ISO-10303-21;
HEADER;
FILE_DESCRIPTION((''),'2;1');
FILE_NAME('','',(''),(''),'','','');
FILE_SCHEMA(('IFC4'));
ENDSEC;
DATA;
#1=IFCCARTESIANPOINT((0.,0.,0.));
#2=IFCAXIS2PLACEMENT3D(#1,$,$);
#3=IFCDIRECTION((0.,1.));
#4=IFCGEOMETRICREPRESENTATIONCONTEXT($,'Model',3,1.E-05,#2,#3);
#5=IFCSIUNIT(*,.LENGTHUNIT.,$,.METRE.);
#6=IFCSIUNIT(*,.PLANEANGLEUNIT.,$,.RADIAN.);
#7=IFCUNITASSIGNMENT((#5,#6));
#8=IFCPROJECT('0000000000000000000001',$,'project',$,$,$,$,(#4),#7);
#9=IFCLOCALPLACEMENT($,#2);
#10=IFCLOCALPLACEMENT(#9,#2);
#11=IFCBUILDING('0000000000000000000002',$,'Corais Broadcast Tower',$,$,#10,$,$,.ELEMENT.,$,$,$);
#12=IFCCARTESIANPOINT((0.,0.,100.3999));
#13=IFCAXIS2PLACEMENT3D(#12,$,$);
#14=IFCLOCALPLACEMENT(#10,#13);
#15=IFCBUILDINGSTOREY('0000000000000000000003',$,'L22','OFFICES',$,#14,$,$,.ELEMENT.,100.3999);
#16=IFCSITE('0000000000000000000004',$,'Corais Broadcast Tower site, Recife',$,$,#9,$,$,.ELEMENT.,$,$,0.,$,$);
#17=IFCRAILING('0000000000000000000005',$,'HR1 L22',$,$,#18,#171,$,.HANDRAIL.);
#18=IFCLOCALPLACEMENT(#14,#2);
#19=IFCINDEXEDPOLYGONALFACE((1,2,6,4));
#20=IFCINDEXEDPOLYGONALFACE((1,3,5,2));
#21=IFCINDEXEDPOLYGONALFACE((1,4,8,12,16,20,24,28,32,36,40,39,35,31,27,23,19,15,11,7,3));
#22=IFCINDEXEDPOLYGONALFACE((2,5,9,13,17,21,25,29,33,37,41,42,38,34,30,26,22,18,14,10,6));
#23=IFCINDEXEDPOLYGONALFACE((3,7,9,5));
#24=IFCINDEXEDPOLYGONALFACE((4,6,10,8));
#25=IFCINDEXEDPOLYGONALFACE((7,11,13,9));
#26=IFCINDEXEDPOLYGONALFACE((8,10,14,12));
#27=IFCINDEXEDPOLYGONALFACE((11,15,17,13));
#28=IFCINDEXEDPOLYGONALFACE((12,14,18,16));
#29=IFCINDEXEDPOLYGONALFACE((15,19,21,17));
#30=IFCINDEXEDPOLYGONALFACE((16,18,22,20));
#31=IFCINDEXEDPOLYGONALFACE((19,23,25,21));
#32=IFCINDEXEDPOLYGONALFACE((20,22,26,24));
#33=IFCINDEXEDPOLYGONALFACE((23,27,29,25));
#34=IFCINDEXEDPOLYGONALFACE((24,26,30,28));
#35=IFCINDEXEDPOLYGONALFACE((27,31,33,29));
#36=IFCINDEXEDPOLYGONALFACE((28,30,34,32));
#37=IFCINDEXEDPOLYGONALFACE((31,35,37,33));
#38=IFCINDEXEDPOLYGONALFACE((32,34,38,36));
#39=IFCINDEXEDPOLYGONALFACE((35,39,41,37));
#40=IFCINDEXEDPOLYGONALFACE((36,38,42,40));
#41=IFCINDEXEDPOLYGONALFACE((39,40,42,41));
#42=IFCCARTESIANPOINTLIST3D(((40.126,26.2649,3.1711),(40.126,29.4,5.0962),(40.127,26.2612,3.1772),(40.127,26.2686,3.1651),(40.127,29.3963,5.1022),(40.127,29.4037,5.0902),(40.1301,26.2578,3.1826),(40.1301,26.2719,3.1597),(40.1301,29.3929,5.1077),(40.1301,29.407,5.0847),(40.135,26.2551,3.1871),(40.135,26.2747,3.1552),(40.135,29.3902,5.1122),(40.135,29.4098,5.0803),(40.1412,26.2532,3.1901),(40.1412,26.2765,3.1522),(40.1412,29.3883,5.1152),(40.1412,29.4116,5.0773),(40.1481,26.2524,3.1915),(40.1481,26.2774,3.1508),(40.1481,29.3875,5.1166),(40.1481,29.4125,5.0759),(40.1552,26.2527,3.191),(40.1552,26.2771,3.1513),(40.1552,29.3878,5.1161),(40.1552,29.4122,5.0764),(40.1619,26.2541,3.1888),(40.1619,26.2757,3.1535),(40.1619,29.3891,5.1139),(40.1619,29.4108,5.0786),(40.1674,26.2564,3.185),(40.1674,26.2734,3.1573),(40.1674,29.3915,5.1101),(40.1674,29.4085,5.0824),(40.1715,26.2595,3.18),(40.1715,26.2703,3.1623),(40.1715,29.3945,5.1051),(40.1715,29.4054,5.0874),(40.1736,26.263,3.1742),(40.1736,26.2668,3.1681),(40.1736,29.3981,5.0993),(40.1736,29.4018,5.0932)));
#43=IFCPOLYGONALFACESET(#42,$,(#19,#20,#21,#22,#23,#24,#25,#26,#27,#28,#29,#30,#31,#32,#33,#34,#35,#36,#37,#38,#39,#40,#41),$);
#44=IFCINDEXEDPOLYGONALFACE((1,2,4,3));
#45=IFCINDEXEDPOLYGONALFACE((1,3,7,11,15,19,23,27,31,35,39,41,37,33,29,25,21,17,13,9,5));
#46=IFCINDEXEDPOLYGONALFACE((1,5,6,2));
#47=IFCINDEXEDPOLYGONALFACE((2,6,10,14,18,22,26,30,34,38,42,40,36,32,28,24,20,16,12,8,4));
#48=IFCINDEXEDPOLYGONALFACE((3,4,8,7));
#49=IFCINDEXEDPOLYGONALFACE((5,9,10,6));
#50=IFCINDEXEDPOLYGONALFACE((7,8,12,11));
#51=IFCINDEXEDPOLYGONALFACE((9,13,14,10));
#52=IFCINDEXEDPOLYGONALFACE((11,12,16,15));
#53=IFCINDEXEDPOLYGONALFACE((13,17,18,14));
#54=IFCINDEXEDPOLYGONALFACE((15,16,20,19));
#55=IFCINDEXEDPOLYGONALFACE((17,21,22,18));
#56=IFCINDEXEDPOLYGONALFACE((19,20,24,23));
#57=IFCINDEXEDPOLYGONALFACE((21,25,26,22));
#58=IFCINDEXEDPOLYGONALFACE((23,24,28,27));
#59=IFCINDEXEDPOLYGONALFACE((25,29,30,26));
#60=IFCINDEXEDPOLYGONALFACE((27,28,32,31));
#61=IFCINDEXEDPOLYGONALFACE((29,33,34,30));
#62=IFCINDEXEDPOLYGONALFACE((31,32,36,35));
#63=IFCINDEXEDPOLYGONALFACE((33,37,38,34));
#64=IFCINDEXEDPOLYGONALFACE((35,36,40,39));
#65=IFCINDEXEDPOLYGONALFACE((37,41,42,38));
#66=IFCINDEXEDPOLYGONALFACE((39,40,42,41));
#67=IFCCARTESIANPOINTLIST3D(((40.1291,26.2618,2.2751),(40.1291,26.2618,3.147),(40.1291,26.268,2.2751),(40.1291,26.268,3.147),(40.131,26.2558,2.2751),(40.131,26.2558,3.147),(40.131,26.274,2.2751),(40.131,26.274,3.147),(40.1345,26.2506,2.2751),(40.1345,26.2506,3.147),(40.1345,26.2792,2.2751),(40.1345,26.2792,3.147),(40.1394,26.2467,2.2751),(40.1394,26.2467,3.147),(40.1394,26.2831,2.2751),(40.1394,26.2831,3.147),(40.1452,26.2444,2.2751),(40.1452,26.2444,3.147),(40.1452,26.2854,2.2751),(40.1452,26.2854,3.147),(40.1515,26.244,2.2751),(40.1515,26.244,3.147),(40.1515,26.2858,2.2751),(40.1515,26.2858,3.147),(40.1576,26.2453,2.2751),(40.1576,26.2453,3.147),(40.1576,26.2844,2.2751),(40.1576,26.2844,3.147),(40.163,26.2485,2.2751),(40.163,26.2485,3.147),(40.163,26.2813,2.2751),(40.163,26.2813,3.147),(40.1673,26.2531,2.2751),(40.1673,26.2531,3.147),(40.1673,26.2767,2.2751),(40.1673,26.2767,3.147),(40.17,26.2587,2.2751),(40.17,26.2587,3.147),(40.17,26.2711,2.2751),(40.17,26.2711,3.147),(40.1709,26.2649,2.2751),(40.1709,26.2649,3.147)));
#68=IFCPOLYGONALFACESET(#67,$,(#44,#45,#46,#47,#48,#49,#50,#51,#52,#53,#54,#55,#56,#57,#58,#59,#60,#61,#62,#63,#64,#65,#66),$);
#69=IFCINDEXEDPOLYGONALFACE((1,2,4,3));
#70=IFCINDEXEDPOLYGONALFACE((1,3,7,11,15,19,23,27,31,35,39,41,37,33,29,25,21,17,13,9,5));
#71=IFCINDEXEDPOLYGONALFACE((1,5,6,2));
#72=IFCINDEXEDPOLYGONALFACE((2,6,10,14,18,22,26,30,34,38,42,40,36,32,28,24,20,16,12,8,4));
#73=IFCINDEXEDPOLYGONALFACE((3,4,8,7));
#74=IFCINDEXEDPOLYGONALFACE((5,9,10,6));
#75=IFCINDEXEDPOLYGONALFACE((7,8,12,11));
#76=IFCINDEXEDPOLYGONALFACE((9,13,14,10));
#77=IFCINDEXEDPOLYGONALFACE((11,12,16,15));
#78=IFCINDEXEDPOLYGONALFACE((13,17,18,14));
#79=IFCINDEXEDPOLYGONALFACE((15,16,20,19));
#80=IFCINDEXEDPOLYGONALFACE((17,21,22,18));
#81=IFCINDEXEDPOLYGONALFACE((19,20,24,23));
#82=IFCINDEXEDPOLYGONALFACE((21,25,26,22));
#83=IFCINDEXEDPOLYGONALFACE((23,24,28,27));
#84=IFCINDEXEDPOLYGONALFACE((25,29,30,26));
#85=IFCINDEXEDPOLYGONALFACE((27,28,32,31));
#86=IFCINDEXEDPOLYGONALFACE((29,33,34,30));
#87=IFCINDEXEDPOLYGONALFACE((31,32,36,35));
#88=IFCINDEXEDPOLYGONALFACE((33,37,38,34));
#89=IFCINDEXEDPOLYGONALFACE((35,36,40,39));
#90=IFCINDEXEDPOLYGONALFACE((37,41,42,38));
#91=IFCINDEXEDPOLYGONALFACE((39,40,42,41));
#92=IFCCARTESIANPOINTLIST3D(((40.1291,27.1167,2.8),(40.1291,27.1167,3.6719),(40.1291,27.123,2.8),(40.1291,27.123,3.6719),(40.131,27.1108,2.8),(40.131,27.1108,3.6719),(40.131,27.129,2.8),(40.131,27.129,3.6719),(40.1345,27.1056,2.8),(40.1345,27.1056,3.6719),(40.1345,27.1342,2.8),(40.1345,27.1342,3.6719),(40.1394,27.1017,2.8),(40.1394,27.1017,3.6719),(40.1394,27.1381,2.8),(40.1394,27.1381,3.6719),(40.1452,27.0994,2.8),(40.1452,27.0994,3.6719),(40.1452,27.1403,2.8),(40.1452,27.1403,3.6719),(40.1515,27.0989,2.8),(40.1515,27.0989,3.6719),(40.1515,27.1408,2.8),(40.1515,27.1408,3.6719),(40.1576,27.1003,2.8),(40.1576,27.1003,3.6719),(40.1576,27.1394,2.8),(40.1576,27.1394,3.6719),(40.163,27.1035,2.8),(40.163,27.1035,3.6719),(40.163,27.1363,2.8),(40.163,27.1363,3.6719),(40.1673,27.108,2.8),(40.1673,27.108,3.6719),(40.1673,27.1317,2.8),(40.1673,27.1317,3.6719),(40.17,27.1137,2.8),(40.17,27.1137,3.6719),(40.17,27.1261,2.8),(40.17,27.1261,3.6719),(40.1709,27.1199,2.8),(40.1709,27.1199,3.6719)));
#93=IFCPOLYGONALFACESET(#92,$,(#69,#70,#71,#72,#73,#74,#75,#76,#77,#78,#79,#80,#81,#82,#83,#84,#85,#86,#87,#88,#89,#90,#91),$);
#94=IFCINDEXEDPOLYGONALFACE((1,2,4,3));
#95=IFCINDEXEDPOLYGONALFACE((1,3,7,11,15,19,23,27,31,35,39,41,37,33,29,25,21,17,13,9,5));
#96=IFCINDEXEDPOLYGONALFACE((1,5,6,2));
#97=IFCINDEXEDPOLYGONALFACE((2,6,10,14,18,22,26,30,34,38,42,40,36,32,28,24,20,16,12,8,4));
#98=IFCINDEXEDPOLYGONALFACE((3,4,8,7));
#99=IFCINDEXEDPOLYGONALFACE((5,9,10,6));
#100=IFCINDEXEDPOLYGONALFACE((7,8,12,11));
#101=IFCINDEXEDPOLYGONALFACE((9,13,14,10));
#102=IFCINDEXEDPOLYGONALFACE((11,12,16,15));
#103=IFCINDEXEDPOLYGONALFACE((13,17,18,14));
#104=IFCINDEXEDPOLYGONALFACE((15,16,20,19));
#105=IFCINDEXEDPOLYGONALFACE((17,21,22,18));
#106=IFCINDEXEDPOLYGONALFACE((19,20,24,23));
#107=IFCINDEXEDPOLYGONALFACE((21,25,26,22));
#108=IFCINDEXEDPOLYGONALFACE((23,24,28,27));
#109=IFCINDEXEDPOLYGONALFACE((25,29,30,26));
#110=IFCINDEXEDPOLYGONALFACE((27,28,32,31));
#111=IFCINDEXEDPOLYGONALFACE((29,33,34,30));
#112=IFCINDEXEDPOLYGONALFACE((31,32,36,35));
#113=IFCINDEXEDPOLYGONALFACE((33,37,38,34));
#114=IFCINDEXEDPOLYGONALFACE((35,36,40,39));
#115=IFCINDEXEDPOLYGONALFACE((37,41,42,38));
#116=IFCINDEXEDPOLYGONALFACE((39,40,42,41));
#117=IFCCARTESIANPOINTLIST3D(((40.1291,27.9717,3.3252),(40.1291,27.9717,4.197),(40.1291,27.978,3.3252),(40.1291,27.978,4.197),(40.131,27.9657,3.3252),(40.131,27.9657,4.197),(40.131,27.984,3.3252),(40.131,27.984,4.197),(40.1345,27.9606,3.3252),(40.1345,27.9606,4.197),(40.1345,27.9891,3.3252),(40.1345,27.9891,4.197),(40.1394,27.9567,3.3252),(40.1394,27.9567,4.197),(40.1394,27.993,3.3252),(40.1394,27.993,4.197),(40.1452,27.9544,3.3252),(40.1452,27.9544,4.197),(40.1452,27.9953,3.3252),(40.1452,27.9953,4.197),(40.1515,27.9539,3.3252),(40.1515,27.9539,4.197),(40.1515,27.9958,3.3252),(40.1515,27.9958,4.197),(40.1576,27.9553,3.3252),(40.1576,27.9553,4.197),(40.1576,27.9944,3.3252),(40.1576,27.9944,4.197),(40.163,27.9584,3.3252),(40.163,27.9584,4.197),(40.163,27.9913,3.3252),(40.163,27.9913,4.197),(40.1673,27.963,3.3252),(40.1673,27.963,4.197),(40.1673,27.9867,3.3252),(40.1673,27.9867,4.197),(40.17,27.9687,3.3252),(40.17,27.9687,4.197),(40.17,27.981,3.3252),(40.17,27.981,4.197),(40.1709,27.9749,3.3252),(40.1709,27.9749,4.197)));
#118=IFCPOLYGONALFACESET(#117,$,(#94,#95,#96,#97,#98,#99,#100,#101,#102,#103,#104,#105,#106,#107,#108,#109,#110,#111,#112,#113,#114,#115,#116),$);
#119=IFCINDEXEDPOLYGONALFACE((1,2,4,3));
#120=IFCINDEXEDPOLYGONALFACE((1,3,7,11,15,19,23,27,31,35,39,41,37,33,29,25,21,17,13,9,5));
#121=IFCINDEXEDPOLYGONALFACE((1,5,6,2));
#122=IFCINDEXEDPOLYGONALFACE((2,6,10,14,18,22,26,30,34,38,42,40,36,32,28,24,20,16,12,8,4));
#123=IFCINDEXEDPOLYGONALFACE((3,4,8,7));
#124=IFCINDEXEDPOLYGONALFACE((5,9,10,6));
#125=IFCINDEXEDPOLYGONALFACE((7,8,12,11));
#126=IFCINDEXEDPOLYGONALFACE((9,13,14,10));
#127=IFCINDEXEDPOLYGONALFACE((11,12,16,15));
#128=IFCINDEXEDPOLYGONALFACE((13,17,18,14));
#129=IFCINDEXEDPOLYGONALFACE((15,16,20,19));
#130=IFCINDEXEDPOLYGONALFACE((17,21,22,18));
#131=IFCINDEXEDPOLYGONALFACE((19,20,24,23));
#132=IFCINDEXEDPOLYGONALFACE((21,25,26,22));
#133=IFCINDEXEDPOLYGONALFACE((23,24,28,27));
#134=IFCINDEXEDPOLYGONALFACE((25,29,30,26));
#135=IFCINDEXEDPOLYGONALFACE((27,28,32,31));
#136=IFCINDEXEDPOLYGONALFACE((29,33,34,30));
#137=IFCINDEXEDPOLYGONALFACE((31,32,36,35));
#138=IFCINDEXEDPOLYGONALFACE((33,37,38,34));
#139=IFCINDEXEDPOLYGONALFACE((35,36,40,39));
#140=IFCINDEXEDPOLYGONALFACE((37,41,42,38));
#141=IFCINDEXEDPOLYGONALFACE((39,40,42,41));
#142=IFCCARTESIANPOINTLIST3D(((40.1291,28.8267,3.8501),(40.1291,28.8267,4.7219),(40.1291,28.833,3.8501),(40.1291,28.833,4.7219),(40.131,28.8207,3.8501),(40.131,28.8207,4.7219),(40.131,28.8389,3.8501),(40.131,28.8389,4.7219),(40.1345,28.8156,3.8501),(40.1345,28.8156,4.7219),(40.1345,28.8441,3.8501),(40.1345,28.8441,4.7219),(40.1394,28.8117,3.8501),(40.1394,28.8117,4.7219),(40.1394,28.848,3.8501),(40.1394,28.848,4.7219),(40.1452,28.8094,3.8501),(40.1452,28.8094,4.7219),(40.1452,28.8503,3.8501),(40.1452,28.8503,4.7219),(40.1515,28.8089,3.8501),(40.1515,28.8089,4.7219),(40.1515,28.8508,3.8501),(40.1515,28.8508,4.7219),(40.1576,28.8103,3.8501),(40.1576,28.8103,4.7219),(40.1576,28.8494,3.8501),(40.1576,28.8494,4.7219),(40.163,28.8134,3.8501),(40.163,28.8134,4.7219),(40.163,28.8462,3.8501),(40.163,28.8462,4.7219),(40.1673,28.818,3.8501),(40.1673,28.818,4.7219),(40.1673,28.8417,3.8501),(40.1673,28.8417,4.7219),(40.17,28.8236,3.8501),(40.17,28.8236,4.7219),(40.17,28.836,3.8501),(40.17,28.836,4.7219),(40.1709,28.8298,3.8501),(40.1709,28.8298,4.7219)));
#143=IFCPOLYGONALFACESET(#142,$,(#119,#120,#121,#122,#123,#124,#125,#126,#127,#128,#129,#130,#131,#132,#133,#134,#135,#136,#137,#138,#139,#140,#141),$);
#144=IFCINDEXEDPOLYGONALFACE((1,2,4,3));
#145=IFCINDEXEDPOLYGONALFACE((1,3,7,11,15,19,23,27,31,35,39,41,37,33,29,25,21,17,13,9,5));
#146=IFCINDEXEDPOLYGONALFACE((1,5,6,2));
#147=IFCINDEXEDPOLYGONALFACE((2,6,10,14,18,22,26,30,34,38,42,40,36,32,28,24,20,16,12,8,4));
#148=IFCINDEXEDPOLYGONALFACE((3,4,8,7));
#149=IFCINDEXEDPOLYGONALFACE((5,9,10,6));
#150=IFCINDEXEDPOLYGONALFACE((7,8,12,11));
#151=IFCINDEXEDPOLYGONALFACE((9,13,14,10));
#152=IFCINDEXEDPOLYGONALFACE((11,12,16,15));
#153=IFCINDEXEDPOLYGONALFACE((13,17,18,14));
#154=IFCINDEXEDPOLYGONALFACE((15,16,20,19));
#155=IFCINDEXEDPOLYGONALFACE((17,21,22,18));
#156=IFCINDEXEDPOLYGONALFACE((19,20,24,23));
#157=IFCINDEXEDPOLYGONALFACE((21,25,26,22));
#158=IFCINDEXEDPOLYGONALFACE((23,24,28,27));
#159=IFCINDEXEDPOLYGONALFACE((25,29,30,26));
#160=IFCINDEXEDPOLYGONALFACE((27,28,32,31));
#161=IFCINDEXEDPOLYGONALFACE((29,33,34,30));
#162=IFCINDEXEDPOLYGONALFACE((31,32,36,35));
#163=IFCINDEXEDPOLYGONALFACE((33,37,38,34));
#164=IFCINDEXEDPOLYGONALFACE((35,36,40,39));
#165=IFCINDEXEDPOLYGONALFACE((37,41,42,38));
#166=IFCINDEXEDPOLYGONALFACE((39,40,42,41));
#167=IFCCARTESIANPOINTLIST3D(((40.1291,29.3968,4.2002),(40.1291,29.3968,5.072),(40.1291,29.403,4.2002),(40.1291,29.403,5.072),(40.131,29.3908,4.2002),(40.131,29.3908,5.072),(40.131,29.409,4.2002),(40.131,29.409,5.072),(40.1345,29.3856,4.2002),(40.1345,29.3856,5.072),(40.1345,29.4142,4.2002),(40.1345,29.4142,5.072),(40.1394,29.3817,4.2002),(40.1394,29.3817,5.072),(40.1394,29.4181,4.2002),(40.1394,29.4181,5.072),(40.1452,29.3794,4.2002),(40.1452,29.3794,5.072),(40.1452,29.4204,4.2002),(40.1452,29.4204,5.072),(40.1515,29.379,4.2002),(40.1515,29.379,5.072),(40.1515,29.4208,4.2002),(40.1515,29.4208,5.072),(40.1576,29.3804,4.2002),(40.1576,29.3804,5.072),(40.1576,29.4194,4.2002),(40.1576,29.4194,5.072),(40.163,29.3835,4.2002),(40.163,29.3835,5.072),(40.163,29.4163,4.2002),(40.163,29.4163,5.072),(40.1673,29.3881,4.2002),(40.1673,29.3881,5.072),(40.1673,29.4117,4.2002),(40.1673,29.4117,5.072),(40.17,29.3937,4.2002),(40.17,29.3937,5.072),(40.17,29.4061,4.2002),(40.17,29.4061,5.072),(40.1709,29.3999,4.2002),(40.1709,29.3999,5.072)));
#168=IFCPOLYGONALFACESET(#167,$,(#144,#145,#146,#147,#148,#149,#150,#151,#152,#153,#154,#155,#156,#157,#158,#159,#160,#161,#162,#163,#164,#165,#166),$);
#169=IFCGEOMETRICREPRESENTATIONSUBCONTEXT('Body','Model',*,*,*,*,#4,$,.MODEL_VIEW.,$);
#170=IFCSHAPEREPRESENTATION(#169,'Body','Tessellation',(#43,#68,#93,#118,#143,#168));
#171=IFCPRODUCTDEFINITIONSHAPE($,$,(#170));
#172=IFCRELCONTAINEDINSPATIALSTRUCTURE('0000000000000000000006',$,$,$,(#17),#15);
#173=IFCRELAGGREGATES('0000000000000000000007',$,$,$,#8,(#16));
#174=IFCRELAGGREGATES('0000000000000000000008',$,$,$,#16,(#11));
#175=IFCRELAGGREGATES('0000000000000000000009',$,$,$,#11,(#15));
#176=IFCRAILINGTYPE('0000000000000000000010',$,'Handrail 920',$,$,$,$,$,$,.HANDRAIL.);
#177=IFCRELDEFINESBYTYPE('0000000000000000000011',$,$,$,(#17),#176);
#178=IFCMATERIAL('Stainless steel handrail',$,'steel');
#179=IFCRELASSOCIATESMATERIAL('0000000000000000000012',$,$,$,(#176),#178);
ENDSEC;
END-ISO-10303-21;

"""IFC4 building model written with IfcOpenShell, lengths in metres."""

from ifc_helpers import new_model, si_unit, direction, frame, origin, origin_2d, place, context, subcontext, project, spatial, circle, extrude, material, type_object, element, save


model = new_model("IFC4")

# Units and contexts
model_context = context("Model", 3, precision=1e-05, world=origin(), true_north=direction((0.0, 1.0)))
body_context = subcontext(model_context, "Body", "Model", "MODEL_VIEW")
ifc_project = project(units=[si_unit("LENGTHUNIT", "METRE"), si_unit("PLANEANGLEUNIT", "RADIAN")], contexts=[model_context])

# Site, building, storey
site_placement = place(None, origin())
site = spatial("IfcSite", under=ifc_project, at=site_placement, Name="Corais Broadcast Tower site, Recife", CompositionType="ELEMENT", RefElevation=0.0)
building_placement = place(site_placement, origin())
building = spatial("IfcBuilding", under=site, at=building_placement, Name="Corais Broadcast Tower", CompositionType="ELEMENT")
storey_placement = place(building_placement, frame((0.0, 0.0, 100.3999)))
storey = spatial("IfcBuildingStorey", under=building, at=storey_placement, Name="L22", Description="OFFICES", CompositionType="ELEMENT", Elevation=100.3999)

# Railing
ifc_material_1 = material(Name="Stainless steel handrail", Category="steel")
railing_type = type_object("IfcRailingType", Name="Handrail 920", PredefinedType="HANDRAIL", material=ifc_material_1)
for number, where, name in (
    (1, (40.1499, 26.2649, 2.2751), "HR1 L22"),
):
    element("IfcRailing", number, at=place(storey_placement, frame(where)), inside=storey, type_object=railing_type, Name=name, PredefinedType="HANDRAIL", context=body_context, shape_type="SweptSolid", body=[
        extrude(circle(Radius=0.0239, at=origin_2d()), frame((0.0, 0.0, 0.896), z_axis=(0.0, 0.852166, 0.523271), x_axis=(-1.0, 0.0, 0.0)), (0.0, 0.0, 1.0), 3.679),
        extrude(circle(Radius=0.021, at=origin_2d()), origin(), (0.0, 0.0, 1.0), 0.8718),
        extrude(circle(Radius=0.021, at=origin_2d()), frame((0.0, 0.855, 0.5249)), (0.0, 0.0, 1.0), 0.8718),
        extrude(circle(Radius=0.021, at=origin_2d()), frame((0.0, 1.71, 1.05)), (0.0, 0.0, 1.0), 0.8718),
        extrude(circle(Radius=0.021, at=origin_2d()), frame((0.0, 2.5649, 1.575)), (0.0, 0.0, 1.0), 0.8718),
        extrude(circle(Radius=0.021, at=origin_2d()), frame((0.0, 3.135, 1.925)), (0.0, 0.0, 1.0), 0.8718),
    ])

save(model, "model.ifc")
